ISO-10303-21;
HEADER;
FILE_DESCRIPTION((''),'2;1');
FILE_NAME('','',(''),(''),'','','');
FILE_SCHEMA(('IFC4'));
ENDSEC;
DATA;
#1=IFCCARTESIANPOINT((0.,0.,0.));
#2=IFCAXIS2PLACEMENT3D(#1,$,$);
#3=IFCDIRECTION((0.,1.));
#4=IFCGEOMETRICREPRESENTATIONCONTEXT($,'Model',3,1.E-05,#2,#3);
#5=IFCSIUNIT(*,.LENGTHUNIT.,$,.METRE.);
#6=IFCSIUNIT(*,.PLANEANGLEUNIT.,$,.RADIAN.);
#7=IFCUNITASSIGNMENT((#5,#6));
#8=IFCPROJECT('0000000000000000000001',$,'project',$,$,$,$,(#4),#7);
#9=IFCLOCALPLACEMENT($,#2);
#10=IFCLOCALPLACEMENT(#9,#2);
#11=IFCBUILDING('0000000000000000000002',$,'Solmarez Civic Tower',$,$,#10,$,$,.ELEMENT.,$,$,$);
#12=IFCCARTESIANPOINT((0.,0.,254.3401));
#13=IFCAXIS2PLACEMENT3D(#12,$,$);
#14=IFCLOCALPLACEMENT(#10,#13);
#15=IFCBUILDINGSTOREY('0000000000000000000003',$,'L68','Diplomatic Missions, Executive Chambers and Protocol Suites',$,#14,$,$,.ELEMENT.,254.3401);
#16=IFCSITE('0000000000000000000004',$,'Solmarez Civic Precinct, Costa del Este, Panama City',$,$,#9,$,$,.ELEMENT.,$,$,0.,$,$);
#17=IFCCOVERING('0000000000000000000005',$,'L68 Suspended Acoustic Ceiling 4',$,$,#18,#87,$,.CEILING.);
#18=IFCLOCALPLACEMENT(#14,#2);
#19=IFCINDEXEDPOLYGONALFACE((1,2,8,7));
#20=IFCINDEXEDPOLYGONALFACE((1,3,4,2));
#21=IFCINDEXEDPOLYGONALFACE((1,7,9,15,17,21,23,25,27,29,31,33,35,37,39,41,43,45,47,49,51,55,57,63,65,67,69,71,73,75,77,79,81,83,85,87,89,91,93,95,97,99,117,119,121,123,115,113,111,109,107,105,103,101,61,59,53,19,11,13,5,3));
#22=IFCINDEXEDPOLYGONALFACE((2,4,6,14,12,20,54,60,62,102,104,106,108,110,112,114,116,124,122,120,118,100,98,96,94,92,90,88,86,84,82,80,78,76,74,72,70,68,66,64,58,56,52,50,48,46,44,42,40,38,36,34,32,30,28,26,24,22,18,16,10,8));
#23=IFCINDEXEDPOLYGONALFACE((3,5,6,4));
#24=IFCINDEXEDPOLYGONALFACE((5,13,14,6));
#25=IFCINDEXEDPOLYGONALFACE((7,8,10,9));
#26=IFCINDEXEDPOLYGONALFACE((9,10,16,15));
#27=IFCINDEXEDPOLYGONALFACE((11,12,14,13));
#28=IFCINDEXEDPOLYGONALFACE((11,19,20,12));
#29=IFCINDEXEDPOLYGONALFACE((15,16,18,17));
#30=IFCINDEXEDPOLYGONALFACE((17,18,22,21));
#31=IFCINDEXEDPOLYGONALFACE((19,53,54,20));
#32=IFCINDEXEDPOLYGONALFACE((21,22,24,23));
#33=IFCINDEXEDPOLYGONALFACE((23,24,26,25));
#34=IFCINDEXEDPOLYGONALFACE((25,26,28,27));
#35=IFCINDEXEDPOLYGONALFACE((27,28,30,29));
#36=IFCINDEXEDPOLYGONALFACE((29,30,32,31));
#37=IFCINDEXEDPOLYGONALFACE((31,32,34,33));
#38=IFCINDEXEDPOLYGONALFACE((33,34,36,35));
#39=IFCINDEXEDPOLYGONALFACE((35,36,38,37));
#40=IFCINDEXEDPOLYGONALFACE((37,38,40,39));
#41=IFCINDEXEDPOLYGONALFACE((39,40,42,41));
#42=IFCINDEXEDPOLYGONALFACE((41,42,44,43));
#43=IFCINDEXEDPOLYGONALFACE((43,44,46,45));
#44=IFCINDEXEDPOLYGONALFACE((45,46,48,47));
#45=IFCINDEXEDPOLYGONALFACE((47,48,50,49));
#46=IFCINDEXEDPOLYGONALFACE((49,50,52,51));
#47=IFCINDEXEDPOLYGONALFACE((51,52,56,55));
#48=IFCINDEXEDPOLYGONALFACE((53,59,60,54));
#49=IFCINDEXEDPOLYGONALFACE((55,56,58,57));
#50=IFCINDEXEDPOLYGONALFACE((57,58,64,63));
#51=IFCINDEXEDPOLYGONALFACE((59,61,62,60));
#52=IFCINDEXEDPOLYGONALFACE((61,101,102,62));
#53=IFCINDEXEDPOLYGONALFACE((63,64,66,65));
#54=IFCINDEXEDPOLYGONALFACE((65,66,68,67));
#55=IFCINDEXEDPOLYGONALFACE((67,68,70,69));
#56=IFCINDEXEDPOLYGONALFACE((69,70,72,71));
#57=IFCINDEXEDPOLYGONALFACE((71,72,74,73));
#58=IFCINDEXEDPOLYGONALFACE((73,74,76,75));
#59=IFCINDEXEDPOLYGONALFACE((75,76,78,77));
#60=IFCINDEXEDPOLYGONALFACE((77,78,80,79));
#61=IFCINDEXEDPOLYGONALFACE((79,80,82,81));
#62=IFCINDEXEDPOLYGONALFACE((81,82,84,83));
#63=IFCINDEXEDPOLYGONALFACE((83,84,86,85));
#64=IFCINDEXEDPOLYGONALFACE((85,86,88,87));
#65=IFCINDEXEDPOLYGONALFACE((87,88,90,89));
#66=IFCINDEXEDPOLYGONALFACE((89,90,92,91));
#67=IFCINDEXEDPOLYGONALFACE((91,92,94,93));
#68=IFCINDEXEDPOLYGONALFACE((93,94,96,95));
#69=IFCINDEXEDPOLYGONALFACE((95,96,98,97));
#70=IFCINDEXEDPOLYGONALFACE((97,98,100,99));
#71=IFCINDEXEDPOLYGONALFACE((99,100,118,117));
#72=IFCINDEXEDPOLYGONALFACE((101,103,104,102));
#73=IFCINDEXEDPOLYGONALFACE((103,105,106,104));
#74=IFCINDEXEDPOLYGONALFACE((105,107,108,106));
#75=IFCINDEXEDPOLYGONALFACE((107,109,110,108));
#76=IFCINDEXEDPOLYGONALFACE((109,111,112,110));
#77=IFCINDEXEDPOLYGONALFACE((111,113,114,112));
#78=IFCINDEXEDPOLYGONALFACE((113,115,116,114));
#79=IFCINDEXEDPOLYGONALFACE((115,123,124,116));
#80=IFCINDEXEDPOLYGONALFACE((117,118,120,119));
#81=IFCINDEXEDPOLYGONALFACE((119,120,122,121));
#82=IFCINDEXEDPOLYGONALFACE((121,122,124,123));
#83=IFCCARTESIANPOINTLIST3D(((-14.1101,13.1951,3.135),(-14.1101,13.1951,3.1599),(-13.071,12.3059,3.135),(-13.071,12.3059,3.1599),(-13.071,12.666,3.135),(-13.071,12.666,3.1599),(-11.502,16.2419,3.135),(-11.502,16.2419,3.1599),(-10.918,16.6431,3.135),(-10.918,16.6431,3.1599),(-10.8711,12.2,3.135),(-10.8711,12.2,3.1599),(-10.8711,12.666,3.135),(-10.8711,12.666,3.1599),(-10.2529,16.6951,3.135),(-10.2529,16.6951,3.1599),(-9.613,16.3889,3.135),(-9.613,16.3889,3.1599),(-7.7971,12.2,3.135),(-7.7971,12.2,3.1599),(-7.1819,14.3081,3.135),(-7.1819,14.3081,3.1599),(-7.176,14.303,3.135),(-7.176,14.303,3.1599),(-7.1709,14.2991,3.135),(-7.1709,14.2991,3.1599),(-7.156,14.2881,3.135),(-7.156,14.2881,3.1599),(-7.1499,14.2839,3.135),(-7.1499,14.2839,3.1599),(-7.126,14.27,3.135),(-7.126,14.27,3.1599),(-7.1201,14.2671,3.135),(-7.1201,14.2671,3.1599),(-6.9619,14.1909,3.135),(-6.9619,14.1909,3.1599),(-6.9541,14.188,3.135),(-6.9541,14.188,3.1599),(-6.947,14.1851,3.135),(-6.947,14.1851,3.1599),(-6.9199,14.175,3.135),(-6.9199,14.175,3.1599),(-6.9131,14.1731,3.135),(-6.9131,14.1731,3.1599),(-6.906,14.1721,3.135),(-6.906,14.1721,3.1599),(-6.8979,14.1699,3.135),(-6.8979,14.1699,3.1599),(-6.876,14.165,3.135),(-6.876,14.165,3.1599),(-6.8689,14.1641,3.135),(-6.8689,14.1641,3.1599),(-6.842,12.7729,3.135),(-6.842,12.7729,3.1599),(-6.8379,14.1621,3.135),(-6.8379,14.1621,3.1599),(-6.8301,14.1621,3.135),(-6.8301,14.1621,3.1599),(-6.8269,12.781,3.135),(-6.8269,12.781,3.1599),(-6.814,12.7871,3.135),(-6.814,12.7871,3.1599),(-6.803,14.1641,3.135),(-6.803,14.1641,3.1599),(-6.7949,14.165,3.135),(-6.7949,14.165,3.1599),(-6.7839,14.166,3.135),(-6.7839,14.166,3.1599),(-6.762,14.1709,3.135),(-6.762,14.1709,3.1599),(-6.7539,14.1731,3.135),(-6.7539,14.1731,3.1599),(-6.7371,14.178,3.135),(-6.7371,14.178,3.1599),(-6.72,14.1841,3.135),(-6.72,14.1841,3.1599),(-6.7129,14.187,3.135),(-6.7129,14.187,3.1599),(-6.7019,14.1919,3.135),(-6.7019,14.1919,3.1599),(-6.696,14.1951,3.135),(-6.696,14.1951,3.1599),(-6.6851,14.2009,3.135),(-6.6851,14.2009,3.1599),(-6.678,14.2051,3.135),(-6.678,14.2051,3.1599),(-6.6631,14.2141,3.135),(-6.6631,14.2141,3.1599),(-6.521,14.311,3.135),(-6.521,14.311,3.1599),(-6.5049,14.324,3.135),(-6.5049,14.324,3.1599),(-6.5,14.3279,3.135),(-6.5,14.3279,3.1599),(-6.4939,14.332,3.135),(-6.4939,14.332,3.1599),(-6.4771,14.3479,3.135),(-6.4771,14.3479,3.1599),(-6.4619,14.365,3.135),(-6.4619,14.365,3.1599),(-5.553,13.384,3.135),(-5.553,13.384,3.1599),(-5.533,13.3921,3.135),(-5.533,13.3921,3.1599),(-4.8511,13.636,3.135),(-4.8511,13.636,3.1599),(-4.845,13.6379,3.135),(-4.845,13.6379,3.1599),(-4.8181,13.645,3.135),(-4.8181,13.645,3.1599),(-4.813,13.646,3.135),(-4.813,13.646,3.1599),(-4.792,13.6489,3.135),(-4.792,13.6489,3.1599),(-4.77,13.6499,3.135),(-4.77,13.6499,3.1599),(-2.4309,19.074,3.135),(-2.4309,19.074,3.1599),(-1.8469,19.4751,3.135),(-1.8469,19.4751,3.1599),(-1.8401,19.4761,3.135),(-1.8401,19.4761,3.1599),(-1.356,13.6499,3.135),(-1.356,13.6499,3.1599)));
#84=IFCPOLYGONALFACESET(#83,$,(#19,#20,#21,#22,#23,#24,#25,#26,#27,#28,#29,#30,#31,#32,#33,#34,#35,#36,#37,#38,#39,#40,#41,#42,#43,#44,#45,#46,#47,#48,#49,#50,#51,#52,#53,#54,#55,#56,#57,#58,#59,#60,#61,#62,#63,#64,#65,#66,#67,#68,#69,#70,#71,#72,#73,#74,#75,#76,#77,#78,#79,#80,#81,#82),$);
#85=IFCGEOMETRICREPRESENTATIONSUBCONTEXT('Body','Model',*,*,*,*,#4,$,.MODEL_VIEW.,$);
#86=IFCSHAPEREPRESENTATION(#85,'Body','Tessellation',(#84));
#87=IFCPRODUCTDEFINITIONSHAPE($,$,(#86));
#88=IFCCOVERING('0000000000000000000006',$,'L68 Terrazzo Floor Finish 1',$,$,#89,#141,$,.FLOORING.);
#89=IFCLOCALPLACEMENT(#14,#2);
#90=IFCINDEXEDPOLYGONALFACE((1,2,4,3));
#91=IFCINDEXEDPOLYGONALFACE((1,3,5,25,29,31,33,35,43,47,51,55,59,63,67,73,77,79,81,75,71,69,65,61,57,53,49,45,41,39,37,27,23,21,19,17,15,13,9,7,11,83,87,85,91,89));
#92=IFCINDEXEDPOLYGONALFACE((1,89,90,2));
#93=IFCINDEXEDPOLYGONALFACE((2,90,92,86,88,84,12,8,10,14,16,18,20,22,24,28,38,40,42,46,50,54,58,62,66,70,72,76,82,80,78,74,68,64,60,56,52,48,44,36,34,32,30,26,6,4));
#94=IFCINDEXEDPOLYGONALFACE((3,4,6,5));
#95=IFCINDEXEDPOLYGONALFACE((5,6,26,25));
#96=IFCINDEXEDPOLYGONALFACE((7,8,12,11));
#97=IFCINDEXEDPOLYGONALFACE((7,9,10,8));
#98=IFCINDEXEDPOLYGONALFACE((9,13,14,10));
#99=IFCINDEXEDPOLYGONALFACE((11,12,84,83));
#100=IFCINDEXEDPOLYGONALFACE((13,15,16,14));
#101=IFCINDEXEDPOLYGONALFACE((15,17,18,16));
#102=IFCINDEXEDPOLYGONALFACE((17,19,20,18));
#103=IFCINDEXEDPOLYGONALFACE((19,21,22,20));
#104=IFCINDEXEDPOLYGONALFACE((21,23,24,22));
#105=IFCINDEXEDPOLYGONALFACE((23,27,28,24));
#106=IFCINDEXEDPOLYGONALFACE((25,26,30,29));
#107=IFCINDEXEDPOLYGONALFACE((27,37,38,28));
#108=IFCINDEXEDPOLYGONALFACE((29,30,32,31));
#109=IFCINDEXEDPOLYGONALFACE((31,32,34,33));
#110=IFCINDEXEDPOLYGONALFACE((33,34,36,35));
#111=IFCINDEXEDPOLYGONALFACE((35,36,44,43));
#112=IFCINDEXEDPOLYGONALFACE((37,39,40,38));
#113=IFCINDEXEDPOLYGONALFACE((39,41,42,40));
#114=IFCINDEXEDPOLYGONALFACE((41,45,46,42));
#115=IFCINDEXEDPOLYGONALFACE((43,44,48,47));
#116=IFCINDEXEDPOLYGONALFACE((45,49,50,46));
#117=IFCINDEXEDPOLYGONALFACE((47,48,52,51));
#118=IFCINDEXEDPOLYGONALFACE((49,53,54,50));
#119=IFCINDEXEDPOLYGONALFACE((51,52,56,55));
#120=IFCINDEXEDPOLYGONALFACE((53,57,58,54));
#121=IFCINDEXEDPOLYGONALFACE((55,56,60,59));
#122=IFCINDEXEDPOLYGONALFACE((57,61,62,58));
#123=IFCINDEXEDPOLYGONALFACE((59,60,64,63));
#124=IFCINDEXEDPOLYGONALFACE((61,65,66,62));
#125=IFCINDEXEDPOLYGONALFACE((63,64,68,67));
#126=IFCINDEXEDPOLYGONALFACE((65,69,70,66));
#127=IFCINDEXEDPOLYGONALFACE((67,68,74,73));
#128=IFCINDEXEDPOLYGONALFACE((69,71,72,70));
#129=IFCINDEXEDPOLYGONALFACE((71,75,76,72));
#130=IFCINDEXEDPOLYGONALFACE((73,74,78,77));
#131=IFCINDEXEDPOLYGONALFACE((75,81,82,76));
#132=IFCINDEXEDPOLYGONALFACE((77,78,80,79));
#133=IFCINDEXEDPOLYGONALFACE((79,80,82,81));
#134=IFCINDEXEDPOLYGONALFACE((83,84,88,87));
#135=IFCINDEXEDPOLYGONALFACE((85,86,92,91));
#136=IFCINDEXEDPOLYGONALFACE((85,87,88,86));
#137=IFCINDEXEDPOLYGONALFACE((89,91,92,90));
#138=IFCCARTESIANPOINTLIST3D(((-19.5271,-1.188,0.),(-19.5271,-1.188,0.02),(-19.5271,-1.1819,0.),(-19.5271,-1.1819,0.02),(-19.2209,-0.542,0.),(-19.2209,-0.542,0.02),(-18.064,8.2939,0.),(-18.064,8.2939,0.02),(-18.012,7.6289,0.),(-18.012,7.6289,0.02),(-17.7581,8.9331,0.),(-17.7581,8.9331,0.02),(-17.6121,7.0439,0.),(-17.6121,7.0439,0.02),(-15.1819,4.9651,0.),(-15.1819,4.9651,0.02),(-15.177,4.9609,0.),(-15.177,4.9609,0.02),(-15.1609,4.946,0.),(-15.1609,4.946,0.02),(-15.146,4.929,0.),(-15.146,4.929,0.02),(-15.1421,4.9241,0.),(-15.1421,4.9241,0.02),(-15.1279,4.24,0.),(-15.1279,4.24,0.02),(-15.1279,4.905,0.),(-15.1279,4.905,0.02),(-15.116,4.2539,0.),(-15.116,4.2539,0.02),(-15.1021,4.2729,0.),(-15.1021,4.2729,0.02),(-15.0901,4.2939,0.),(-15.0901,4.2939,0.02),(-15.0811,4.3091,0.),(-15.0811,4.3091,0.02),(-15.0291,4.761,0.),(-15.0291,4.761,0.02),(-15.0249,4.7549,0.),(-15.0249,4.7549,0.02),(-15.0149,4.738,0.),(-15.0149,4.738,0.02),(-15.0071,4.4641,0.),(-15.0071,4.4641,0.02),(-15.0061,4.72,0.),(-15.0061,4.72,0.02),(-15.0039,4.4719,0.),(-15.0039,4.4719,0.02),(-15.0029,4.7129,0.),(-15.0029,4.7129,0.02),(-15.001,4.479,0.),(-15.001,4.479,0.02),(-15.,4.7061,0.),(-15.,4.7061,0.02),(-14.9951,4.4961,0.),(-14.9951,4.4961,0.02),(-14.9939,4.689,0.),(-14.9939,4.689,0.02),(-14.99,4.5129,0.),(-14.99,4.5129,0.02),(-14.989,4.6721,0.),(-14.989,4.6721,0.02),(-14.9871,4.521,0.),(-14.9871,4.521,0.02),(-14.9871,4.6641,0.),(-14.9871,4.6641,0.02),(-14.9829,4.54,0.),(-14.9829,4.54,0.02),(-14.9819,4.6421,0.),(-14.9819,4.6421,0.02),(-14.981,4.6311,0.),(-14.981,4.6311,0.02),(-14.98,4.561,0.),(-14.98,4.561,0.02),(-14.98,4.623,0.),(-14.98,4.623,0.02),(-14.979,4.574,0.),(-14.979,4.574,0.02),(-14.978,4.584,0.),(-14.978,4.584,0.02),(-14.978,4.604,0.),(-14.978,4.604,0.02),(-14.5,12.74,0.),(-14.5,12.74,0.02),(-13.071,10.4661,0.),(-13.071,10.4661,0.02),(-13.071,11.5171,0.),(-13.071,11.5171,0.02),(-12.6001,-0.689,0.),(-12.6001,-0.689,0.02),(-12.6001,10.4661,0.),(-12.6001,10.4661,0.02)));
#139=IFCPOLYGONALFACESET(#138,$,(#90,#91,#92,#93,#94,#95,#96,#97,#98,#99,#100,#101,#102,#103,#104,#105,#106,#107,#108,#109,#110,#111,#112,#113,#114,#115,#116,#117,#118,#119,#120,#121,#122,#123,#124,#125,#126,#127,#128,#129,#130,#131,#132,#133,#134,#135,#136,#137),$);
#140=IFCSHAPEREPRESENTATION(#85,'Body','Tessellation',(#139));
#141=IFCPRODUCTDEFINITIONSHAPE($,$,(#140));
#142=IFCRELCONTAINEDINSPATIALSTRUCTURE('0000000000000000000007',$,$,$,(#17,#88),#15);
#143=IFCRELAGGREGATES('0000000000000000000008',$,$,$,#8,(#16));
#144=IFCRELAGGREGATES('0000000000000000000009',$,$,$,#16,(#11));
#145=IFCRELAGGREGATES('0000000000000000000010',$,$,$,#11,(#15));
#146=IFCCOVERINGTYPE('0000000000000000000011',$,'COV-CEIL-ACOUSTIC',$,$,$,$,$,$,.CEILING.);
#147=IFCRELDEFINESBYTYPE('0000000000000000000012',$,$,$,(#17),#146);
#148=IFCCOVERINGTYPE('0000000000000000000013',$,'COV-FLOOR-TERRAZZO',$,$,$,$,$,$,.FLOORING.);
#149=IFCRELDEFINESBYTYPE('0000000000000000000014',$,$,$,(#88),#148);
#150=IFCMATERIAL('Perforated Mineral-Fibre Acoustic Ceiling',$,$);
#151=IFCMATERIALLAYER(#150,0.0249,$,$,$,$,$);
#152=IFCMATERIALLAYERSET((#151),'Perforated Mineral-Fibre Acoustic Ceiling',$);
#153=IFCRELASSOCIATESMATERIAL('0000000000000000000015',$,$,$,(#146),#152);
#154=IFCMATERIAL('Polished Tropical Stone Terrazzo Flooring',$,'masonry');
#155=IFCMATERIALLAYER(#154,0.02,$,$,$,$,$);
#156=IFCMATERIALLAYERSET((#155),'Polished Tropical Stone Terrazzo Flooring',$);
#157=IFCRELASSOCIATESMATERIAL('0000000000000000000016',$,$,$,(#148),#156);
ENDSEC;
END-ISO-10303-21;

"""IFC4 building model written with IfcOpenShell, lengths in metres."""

from ifc_helpers import new_model, si_unit, direction, frame, origin, place, context, subcontext, project, spatial, polyline, outline, extrude, material, layer, layer_set, type_object, element, save


model = new_model("IFC4")

# Units and contexts
model_context = context("Model", 3, precision=1e-05, world=origin(), true_north=direction((0.0, 1.0)))
body_context = subcontext(model_context, "Body", "Model", "MODEL_VIEW")
ifc_project = project(units=[si_unit("LENGTHUNIT", "METRE"), si_unit("PLANEANGLEUNIT", "RADIAN")], contexts=[model_context])

# Site, building, storey
site_placement = place(None, origin())
site = spatial("IfcSite", under=ifc_project, at=site_placement, Name="Solmarez Civic Precinct, Costa del Este, Panama City", CompositionType="ELEMENT", RefElevation=0.0)
building_placement = place(site_placement, origin())
building = spatial("IfcBuilding", under=site, at=building_placement, Name="Solmarez Civic Tower", CompositionType="ELEMENT")
storey_placement = place(building_placement, frame((0.0, 0.0, 254.3401)))
storey = spatial("IfcBuildingStorey", under=building, at=storey_placement, Name="L68", Description="Diplomatic Missions, Executive Chambers and Protocol Suites", CompositionType="ELEMENT", Elevation=254.3401)

# Coverings
ifc_material_1 = material(Name="Perforated Mineral-Fibre Acoustic Ceiling")
ifc_layer_1 = layer(ifc_material_1, 0.0249)
ifc_layer_set_1 = layer_set([ifc_layer_1], Name="Perforated Mineral-Fibre Acoustic Ceiling")
covering_type_1 = type_object("IfcCoveringType", Name="COV-CEIL-ACOUSTIC", PredefinedType="CEILING", material=ifc_layer_set_1)
covering_1_placement = place(storey_placement, frame((0.0, 0.0, 3.135)))
element("IfcCovering", 1, at=covering_1_placement, inside=storey, type_object=covering_type_1, Name="L68 Suspended Acoustic Ceiling 4", PredefinedType="CEILING", context=body_context, shape_type="SweptSolid", body=[
    extrude(outline(polyline([(-13.071, 12.3059), (-13.071, 12.666), (-10.8711, 12.666), (-10.8711, 12.2), (-7.7971, 12.2), (-6.842, 12.7729), (-6.8269, 12.781), (-6.814, 12.7871), (-5.553, 13.384), (-5.533, 13.3921), (-4.8511, 13.636), (-4.845, 13.6379), (-4.8181, 13.645), (-4.813, 13.646), (-4.792, 13.6489), (-4.77, 13.6499), (-1.356, 13.6499), (-1.8401, 19.4761), (-1.8469, 19.4751), (-2.4309, 19.074), (-6.4619, 14.365), (-6.4771, 14.3479), (-6.4939, 14.332), (-6.5, 14.3279), (-6.5049, 14.324), (-6.521, 14.311), (-6.6631, 14.2141), (-6.678, 14.2051), (-6.6851, 14.2009), (-6.696, 14.1951), (-6.7019, 14.1919), (-6.7129, 14.187), (-6.72, 14.1841), (-6.7371, 14.178), (-6.7539, 14.1731), (-6.762, 14.1709), (-6.7839, 14.166), (-6.7949, 14.165), (-6.803, 14.1641), (-6.8301, 14.1621), (-6.8379, 14.1621), (-6.8689, 14.1641), (-6.876, 14.165), (-6.8979, 14.1699), (-6.906, 14.1721), (-6.9131, 14.1731), (-6.9199, 14.175), (-6.947, 14.1851), (-6.9541, 14.188), (-6.9619, 14.1909), (-7.1201, 14.2671), (-7.126, 14.27), (-7.1499, 14.2839), (-7.156, 14.2881), (-7.1709, 14.2991), (-7.176, 14.303), (-7.1819, 14.3081), (-9.613, 16.3889), (-10.2529, 16.6951), (-10.918, 16.6431), (-11.502, 16.2419), (-14.1101, 13.1951), (-13.071, 12.3059)])), origin(), (0.0, 0.0, 1.0), 0.0249),
])
ifc_material_2 = material(Name="Polished Tropical Stone Terrazzo Flooring", Category="masonry")
ifc_layer_2 = layer(ifc_material_2, 0.02)
ifc_layer_set_2 = layer_set([ifc_layer_2], Name="Polished Tropical Stone Terrazzo Flooring")
covering_type_2 = type_object("IfcCoveringType", Name="COV-FLOOR-TERRAZZO", PredefinedType="FLOORING", material=ifc_layer_set_2)
covering_2_placement = place(storey_placement, origin())
element("IfcCovering", 2, at=covering_2_placement, inside=storey, type_object=covering_type_2, Name="L68 Terrazzo Floor Finish 1", PredefinedType="FLOORING", context=body_context, shape_type="SweptSolid", body=[
    extrude(outline(polyline([(-15.1279, 4.24), (-19.2209, -0.542), (-19.5271, -1.1819), (-19.5271, -1.188), (-12.6001, -0.689), (-12.6001, 10.4661), (-13.071, 10.4661), (-13.071, 11.5171), (-14.5, 12.74), (-17.7581, 8.9331), (-18.064, 8.2939), (-18.012, 7.6289), (-17.6121, 7.0439), (-15.1819, 4.9651), (-15.177, 4.9609), (-15.1609, 4.946), (-15.146, 4.929), (-15.1421, 4.9241), (-15.1279, 4.905), (-15.0291, 4.761), (-15.0249, 4.7549), (-15.0149, 4.738), (-15.0061, 4.72), (-15.0029, 4.7129), (-15.0, 4.7061), (-14.9939, 4.689), (-14.989, 4.6721), (-14.9871, 4.6641), (-14.9819, 4.6421), (-14.981, 4.6311), (-14.98, 4.623), (-14.978, 4.604), (-14.978, 4.584), (-14.979, 4.574), (-14.98, 4.561), (-14.9829, 4.54), (-14.9871, 4.521), (-14.99, 4.5129), (-14.9951, 4.4961), (-15.001, 4.479), (-15.0039, 4.4719), (-15.0071, 4.4641), (-15.0811, 4.3091), (-15.0901, 4.2939), (-15.1021, 4.2729), (-15.116, 4.2539), (-15.1279, 4.24)])), origin(), (0.0, 0.0, 1.0), 0.02),
])

save(model, "model.ifc")
